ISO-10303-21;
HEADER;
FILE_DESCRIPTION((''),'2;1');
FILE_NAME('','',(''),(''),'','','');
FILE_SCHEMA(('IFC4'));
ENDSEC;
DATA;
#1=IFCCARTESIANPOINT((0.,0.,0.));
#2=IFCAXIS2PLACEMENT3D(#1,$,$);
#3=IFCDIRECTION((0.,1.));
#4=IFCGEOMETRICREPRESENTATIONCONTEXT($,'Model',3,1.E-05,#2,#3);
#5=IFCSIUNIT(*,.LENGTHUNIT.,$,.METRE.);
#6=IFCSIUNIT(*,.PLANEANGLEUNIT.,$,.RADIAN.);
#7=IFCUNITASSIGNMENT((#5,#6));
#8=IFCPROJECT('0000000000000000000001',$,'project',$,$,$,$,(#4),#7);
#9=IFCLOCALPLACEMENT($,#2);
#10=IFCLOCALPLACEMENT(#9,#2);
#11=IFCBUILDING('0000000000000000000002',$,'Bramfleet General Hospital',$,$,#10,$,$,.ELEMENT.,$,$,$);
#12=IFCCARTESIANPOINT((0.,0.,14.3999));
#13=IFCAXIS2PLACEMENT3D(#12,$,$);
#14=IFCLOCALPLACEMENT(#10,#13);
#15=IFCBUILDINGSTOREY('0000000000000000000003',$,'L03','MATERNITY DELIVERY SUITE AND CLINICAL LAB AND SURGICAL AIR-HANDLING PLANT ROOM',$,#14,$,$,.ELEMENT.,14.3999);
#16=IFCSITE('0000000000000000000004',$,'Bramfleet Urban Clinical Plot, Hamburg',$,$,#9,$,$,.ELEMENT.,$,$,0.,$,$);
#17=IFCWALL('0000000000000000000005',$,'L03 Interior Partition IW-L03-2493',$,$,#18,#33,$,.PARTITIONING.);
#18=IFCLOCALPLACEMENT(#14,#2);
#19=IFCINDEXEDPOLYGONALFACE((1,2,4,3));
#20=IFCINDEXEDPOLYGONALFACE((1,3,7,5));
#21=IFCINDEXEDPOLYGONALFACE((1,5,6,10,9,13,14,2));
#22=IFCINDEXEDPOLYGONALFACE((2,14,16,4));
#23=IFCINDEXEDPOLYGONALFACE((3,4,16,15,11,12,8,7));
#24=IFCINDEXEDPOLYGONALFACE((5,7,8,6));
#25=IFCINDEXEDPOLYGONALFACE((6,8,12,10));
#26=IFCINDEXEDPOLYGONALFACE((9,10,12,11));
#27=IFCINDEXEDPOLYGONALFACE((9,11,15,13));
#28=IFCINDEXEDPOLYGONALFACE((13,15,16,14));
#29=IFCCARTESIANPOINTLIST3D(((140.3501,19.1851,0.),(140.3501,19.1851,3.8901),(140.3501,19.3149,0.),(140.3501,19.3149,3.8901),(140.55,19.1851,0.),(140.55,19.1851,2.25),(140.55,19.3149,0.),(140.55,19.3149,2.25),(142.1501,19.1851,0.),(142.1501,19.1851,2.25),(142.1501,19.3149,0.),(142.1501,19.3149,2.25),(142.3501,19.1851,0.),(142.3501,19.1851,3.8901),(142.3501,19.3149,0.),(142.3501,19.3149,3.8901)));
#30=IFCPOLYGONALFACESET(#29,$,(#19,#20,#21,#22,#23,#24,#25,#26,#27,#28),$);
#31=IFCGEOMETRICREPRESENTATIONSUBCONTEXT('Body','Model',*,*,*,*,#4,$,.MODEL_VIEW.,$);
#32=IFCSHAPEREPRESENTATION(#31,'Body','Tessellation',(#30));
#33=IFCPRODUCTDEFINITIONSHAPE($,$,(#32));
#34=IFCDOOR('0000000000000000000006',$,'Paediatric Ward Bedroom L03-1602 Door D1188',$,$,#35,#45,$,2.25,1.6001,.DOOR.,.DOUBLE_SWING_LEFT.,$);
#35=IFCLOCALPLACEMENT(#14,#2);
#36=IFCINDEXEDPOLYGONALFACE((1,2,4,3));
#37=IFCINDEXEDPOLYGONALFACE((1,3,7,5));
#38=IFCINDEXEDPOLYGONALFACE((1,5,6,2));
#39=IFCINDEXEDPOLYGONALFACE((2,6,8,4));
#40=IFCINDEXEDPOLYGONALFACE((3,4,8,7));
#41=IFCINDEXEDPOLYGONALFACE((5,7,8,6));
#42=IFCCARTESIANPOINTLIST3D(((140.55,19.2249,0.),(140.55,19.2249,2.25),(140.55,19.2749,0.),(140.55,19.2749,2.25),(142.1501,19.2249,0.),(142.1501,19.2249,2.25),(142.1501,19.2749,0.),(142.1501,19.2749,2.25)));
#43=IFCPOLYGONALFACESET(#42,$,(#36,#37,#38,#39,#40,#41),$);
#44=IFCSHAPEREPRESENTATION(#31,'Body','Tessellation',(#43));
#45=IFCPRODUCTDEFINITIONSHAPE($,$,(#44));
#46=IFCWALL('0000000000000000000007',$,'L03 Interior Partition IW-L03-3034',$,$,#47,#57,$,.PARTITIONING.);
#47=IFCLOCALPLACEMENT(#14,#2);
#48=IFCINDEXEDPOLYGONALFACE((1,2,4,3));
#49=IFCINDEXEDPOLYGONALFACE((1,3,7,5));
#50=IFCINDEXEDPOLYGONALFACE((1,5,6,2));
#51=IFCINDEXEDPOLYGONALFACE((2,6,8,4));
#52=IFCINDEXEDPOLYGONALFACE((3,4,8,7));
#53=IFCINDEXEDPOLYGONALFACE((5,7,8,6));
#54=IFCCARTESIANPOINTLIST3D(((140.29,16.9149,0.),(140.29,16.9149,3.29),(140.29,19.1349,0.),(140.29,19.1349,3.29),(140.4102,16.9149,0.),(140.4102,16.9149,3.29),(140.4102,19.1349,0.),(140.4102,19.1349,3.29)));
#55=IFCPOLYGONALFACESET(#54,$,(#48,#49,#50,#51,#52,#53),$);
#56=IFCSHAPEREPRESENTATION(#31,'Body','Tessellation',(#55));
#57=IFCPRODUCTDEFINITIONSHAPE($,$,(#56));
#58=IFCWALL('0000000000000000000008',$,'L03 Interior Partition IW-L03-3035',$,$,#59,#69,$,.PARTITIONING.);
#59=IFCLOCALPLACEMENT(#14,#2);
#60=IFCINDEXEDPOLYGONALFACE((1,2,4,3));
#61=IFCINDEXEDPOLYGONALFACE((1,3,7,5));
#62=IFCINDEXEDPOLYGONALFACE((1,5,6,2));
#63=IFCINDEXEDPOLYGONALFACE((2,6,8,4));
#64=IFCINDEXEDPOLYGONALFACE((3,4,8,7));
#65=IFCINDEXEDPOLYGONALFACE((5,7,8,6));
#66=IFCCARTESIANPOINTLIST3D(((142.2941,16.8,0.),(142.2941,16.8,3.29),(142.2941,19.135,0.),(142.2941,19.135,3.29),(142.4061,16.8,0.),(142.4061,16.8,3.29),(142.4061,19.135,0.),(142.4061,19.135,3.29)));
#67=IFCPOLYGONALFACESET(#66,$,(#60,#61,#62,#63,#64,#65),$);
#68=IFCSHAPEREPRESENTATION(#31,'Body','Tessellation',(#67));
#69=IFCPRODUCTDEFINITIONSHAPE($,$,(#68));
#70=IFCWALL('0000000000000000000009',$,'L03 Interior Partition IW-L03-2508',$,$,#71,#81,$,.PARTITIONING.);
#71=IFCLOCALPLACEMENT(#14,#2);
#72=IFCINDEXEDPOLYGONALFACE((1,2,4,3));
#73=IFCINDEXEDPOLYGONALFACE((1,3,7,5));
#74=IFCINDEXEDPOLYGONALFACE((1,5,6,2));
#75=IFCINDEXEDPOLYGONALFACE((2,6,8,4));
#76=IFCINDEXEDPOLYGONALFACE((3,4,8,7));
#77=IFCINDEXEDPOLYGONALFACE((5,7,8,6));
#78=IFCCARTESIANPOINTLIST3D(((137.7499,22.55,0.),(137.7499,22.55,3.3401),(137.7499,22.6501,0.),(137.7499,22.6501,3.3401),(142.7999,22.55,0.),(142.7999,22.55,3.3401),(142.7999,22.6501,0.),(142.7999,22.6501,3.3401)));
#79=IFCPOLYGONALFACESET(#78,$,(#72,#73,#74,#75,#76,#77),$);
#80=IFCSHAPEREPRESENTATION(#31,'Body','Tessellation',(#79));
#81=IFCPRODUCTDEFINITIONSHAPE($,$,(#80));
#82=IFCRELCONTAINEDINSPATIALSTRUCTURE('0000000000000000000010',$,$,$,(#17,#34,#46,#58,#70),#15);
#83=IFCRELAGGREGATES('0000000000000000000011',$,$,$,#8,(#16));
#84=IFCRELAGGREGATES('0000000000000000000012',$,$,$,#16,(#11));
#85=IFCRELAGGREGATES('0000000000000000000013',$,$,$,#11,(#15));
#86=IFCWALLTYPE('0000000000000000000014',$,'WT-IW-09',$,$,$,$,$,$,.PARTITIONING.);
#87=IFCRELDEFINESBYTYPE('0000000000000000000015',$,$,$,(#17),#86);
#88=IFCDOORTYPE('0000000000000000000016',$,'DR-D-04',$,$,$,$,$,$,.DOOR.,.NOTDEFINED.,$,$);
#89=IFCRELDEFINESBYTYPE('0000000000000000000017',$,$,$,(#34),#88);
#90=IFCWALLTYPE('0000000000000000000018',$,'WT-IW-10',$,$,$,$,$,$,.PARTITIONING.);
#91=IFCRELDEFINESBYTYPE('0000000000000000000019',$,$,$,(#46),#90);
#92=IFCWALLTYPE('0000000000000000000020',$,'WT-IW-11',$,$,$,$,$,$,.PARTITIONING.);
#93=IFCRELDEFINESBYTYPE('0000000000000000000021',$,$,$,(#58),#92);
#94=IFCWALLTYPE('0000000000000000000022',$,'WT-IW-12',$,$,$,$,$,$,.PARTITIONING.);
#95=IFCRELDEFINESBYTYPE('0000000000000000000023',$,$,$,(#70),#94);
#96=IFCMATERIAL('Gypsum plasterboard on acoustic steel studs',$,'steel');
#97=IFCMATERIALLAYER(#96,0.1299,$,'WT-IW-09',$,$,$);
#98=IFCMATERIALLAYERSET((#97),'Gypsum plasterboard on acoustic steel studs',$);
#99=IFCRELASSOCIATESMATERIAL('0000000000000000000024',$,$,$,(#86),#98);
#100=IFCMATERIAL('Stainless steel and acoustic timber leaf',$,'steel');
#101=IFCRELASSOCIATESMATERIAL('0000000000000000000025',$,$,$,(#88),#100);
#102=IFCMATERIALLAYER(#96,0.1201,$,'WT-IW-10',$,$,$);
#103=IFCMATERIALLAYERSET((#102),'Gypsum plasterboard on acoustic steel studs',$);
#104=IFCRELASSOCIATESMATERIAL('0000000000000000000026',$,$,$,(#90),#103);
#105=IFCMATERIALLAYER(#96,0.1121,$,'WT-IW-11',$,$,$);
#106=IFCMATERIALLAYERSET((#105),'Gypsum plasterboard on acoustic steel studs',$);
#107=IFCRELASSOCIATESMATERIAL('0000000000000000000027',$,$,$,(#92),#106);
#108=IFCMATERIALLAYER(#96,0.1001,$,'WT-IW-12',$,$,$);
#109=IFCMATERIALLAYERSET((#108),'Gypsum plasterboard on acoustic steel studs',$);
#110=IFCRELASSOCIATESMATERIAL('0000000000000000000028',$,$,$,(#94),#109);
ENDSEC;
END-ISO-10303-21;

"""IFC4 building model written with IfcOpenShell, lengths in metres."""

from ifc_helpers import new_model, si_unit, direction, frame, frame_2d, origin, place, context, subcontext, project, spatial, rectangle, extrude, material, layer, layer_set, type_object, element, fill, save


model = new_model("IFC4")

# Units and contexts
model_context = context("Model", 3, precision=1e-05, world=origin(), true_north=direction((0.0, 1.0)))
body_context = subcontext(model_context, "Body", "Model", "MODEL_VIEW")
ifc_project = project(units=[si_unit("LENGTHUNIT", "METRE"), si_unit("PLANEANGLEUNIT", "RADIAN")], contexts=[model_context])

# Site, building, storey
site_placement = place(None, origin())
site = spatial("IfcSite", under=ifc_project, at=site_placement, Name="Bramfleet Urban Clinical Plot, Hamburg", CompositionType="ELEMENT", RefElevation=0.0)
building_placement = place(site_placement, origin())
building = spatial("IfcBuilding", under=site, at=building_placement, Name="Bramfleet General Hospital", CompositionType="ELEMENT")
storey_placement = place(building_placement, frame((0.0, 0.0, 14.3999)))
storey = spatial("IfcBuildingStorey", under=building, at=storey_placement, Name="L03", Description="MATERNITY DELIVERY SUITE AND CLINICAL LAB AND SURGICAL AIR-HANDLING PLANT ROOM", CompositionType="ELEMENT", Elevation=14.3999)

# Shared definitions
ifc_material_1 = material(Name="Gypsum plasterboard on acoustic steel studs", Category="steel")

# Wall, opening, door
ifc_layer_1 = layer(ifc_material_1, 0.1299, Name="WT-IW-09")
ifc_layer_set_1 = layer_set([ifc_layer_1], Name="Gypsum plasterboard on acoustic steel studs")
wall_type_1 = type_object("IfcWallType", Name="WT-IW-09", PredefinedType="PARTITIONING", material=ifc_layer_set_1)
wall_1_placement = place(storey_placement, frame((140.3501, 19.25, 0.0), z_axis=(0.0, 0.0, 1.0), x_axis=(1.0, 0.0, 0.0)))
wall_1 = element("IfcWall", 1, at=wall_1_placement, inside=storey, type_object=wall_type_1, Name="L03 Interior Partition IW-L03-2493", PredefinedType="PARTITIONING", context=body_context, shape_type="SweptSolid", body=[
    extrude(rectangle(XDim=2.0, YDim=0.1299, at=frame_2d((1.0, 0.0))), origin(), (0.0, 0.0, 1.0), 3.8901),
])
opening_placement = place(wall_1_placement, frame((0.2, 0.0, 0.0)))
opening = element("IfcOpeningElement", 2, at=opening_placement, cuts=wall_1, PredefinedType="OPENING", context=body_context, shape_type="SweptSolid", body=[
    extrude(rectangle(XDim=1.6001, YDim=2.25, at=frame_2d((0.8, 1.125))), frame((0.0, 0.075, 0.0), z_axis=(0.0, -1.0, 0.0), x_axis=(1.0, 0.0, 0.0)), (0.0, 0.0, 1.0), 0.1499),
])
ifc_material_2 = material(Name="Stainless steel and acoustic timber leaf", Category="steel")
door_type = type_object("IfcDoorType", Name="DR-D-04", OperationType="NOTDEFINED", PredefinedType="DOOR", material=ifc_material_2)
door_placement = place(opening_placement, origin())
door = element("IfcDoor", 3, at=door_placement, inside=storey, type_object=door_type, Name="Paediatric Ward Bedroom L03-1602 Door D1188", OperationType="DOUBLE_SWING_LEFT", OverallHeight=2.25, OverallWidth=1.6001, PredefinedType="DOOR", context=body_context, shape_type="SweptSolid", body=[
    extrude(rectangle(XDim=1.6001, YDim=2.25, at=frame_2d((0.8, 1.125))), frame((0.0, 0.0249, 0.0), z_axis=(0.0, -1.0, 0.0), x_axis=(1.0, 0.0, 0.0)), (0.0, 0.0, 1.0), 0.05),
])
fill(opening, door)

# Walls
ifc_layer_2 = layer(ifc_material_1, 0.1201, Name="WT-IW-10")
ifc_layer_set_2 = layer_set([ifc_layer_2], Name="Gypsum plasterboard on acoustic steel studs")
wall_type_2 = type_object("IfcWallType", Name="WT-IW-10", PredefinedType="PARTITIONING", material=ifc_layer_set_2)
wall_2_placement = place(storey_placement, frame((140.3501, 16.915, 0.0), z_axis=(0.0, 0.0, 1.0), x_axis=(0.0, 1.0, 0.0)))
element("IfcWall", 4, at=wall_2_placement, inside=storey, type_object=wall_type_2, Name="L03 Interior Partition IW-L03-3034", PredefinedType="PARTITIONING", context=body_context, shape_type="SweptSolid", body=[
    extrude(rectangle(XDim=2.22, YDim=0.1201, at=frame_2d((1.1099, 0.0))), origin(), (0.0, 0.0, 1.0), 3.29),
])
ifc_layer_3 = layer(ifc_material_1, 0.1121, Name="WT-IW-11")
ifc_layer_set_3 = layer_set([ifc_layer_3], Name="Gypsum plasterboard on acoustic steel studs")
wall_type_3 = type_object("IfcWallType", Name="WT-IW-11", PredefinedType="PARTITIONING", material=ifc_layer_set_3)
wall_3_placement = place(storey_placement, frame((142.3501, 16.8, 0.0), z_axis=(0.0, 0.0, 1.0), x_axis=(0.0, 1.0, 0.0)))
element("IfcWall", 5, at=wall_3_placement, inside=storey, type_object=wall_type_3, Name="L03 Interior Partition IW-L03-3035", PredefinedType="PARTITIONING", context=body_context, shape_type="SweptSolid", body=[
    extrude(rectangle(XDim=2.335, YDim=0.1121, at=frame_2d((1.1675, 0.0))), origin(), (0.0, 0.0, 1.0), 3.29),
])
ifc_layer_4 = layer(ifc_material_1, 0.1001, Name="WT-IW-12")
ifc_layer_set_4 = layer_set([ifc_layer_4], Name="Gypsum plasterboard on acoustic steel studs")
wall_type_4 = type_object("IfcWallType", Name="WT-IW-12", PredefinedType="PARTITIONING", material=ifc_layer_set_4)
wall_4_placement = place(storey_placement, frame((137.75, 22.6001, 0.0), z_axis=(0.0, 0.0, 1.0), x_axis=(1.0, 0.0, 0.0)))
element("IfcWall", 6, at=wall_4_placement, inside=storey, type_object=wall_type_4, Name="L03 Interior Partition IW-L03-2508", PredefinedType="PARTITIONING", context=body_context, shape_type="SweptSolid", body=[
    extrude(rectangle(XDim=5.05, YDim=0.1001, at=frame_2d((2.5249, 0.0))), origin(), (0.0, 0.0, 1.0), 3.3401),
])

save(model, "model.ifc")
